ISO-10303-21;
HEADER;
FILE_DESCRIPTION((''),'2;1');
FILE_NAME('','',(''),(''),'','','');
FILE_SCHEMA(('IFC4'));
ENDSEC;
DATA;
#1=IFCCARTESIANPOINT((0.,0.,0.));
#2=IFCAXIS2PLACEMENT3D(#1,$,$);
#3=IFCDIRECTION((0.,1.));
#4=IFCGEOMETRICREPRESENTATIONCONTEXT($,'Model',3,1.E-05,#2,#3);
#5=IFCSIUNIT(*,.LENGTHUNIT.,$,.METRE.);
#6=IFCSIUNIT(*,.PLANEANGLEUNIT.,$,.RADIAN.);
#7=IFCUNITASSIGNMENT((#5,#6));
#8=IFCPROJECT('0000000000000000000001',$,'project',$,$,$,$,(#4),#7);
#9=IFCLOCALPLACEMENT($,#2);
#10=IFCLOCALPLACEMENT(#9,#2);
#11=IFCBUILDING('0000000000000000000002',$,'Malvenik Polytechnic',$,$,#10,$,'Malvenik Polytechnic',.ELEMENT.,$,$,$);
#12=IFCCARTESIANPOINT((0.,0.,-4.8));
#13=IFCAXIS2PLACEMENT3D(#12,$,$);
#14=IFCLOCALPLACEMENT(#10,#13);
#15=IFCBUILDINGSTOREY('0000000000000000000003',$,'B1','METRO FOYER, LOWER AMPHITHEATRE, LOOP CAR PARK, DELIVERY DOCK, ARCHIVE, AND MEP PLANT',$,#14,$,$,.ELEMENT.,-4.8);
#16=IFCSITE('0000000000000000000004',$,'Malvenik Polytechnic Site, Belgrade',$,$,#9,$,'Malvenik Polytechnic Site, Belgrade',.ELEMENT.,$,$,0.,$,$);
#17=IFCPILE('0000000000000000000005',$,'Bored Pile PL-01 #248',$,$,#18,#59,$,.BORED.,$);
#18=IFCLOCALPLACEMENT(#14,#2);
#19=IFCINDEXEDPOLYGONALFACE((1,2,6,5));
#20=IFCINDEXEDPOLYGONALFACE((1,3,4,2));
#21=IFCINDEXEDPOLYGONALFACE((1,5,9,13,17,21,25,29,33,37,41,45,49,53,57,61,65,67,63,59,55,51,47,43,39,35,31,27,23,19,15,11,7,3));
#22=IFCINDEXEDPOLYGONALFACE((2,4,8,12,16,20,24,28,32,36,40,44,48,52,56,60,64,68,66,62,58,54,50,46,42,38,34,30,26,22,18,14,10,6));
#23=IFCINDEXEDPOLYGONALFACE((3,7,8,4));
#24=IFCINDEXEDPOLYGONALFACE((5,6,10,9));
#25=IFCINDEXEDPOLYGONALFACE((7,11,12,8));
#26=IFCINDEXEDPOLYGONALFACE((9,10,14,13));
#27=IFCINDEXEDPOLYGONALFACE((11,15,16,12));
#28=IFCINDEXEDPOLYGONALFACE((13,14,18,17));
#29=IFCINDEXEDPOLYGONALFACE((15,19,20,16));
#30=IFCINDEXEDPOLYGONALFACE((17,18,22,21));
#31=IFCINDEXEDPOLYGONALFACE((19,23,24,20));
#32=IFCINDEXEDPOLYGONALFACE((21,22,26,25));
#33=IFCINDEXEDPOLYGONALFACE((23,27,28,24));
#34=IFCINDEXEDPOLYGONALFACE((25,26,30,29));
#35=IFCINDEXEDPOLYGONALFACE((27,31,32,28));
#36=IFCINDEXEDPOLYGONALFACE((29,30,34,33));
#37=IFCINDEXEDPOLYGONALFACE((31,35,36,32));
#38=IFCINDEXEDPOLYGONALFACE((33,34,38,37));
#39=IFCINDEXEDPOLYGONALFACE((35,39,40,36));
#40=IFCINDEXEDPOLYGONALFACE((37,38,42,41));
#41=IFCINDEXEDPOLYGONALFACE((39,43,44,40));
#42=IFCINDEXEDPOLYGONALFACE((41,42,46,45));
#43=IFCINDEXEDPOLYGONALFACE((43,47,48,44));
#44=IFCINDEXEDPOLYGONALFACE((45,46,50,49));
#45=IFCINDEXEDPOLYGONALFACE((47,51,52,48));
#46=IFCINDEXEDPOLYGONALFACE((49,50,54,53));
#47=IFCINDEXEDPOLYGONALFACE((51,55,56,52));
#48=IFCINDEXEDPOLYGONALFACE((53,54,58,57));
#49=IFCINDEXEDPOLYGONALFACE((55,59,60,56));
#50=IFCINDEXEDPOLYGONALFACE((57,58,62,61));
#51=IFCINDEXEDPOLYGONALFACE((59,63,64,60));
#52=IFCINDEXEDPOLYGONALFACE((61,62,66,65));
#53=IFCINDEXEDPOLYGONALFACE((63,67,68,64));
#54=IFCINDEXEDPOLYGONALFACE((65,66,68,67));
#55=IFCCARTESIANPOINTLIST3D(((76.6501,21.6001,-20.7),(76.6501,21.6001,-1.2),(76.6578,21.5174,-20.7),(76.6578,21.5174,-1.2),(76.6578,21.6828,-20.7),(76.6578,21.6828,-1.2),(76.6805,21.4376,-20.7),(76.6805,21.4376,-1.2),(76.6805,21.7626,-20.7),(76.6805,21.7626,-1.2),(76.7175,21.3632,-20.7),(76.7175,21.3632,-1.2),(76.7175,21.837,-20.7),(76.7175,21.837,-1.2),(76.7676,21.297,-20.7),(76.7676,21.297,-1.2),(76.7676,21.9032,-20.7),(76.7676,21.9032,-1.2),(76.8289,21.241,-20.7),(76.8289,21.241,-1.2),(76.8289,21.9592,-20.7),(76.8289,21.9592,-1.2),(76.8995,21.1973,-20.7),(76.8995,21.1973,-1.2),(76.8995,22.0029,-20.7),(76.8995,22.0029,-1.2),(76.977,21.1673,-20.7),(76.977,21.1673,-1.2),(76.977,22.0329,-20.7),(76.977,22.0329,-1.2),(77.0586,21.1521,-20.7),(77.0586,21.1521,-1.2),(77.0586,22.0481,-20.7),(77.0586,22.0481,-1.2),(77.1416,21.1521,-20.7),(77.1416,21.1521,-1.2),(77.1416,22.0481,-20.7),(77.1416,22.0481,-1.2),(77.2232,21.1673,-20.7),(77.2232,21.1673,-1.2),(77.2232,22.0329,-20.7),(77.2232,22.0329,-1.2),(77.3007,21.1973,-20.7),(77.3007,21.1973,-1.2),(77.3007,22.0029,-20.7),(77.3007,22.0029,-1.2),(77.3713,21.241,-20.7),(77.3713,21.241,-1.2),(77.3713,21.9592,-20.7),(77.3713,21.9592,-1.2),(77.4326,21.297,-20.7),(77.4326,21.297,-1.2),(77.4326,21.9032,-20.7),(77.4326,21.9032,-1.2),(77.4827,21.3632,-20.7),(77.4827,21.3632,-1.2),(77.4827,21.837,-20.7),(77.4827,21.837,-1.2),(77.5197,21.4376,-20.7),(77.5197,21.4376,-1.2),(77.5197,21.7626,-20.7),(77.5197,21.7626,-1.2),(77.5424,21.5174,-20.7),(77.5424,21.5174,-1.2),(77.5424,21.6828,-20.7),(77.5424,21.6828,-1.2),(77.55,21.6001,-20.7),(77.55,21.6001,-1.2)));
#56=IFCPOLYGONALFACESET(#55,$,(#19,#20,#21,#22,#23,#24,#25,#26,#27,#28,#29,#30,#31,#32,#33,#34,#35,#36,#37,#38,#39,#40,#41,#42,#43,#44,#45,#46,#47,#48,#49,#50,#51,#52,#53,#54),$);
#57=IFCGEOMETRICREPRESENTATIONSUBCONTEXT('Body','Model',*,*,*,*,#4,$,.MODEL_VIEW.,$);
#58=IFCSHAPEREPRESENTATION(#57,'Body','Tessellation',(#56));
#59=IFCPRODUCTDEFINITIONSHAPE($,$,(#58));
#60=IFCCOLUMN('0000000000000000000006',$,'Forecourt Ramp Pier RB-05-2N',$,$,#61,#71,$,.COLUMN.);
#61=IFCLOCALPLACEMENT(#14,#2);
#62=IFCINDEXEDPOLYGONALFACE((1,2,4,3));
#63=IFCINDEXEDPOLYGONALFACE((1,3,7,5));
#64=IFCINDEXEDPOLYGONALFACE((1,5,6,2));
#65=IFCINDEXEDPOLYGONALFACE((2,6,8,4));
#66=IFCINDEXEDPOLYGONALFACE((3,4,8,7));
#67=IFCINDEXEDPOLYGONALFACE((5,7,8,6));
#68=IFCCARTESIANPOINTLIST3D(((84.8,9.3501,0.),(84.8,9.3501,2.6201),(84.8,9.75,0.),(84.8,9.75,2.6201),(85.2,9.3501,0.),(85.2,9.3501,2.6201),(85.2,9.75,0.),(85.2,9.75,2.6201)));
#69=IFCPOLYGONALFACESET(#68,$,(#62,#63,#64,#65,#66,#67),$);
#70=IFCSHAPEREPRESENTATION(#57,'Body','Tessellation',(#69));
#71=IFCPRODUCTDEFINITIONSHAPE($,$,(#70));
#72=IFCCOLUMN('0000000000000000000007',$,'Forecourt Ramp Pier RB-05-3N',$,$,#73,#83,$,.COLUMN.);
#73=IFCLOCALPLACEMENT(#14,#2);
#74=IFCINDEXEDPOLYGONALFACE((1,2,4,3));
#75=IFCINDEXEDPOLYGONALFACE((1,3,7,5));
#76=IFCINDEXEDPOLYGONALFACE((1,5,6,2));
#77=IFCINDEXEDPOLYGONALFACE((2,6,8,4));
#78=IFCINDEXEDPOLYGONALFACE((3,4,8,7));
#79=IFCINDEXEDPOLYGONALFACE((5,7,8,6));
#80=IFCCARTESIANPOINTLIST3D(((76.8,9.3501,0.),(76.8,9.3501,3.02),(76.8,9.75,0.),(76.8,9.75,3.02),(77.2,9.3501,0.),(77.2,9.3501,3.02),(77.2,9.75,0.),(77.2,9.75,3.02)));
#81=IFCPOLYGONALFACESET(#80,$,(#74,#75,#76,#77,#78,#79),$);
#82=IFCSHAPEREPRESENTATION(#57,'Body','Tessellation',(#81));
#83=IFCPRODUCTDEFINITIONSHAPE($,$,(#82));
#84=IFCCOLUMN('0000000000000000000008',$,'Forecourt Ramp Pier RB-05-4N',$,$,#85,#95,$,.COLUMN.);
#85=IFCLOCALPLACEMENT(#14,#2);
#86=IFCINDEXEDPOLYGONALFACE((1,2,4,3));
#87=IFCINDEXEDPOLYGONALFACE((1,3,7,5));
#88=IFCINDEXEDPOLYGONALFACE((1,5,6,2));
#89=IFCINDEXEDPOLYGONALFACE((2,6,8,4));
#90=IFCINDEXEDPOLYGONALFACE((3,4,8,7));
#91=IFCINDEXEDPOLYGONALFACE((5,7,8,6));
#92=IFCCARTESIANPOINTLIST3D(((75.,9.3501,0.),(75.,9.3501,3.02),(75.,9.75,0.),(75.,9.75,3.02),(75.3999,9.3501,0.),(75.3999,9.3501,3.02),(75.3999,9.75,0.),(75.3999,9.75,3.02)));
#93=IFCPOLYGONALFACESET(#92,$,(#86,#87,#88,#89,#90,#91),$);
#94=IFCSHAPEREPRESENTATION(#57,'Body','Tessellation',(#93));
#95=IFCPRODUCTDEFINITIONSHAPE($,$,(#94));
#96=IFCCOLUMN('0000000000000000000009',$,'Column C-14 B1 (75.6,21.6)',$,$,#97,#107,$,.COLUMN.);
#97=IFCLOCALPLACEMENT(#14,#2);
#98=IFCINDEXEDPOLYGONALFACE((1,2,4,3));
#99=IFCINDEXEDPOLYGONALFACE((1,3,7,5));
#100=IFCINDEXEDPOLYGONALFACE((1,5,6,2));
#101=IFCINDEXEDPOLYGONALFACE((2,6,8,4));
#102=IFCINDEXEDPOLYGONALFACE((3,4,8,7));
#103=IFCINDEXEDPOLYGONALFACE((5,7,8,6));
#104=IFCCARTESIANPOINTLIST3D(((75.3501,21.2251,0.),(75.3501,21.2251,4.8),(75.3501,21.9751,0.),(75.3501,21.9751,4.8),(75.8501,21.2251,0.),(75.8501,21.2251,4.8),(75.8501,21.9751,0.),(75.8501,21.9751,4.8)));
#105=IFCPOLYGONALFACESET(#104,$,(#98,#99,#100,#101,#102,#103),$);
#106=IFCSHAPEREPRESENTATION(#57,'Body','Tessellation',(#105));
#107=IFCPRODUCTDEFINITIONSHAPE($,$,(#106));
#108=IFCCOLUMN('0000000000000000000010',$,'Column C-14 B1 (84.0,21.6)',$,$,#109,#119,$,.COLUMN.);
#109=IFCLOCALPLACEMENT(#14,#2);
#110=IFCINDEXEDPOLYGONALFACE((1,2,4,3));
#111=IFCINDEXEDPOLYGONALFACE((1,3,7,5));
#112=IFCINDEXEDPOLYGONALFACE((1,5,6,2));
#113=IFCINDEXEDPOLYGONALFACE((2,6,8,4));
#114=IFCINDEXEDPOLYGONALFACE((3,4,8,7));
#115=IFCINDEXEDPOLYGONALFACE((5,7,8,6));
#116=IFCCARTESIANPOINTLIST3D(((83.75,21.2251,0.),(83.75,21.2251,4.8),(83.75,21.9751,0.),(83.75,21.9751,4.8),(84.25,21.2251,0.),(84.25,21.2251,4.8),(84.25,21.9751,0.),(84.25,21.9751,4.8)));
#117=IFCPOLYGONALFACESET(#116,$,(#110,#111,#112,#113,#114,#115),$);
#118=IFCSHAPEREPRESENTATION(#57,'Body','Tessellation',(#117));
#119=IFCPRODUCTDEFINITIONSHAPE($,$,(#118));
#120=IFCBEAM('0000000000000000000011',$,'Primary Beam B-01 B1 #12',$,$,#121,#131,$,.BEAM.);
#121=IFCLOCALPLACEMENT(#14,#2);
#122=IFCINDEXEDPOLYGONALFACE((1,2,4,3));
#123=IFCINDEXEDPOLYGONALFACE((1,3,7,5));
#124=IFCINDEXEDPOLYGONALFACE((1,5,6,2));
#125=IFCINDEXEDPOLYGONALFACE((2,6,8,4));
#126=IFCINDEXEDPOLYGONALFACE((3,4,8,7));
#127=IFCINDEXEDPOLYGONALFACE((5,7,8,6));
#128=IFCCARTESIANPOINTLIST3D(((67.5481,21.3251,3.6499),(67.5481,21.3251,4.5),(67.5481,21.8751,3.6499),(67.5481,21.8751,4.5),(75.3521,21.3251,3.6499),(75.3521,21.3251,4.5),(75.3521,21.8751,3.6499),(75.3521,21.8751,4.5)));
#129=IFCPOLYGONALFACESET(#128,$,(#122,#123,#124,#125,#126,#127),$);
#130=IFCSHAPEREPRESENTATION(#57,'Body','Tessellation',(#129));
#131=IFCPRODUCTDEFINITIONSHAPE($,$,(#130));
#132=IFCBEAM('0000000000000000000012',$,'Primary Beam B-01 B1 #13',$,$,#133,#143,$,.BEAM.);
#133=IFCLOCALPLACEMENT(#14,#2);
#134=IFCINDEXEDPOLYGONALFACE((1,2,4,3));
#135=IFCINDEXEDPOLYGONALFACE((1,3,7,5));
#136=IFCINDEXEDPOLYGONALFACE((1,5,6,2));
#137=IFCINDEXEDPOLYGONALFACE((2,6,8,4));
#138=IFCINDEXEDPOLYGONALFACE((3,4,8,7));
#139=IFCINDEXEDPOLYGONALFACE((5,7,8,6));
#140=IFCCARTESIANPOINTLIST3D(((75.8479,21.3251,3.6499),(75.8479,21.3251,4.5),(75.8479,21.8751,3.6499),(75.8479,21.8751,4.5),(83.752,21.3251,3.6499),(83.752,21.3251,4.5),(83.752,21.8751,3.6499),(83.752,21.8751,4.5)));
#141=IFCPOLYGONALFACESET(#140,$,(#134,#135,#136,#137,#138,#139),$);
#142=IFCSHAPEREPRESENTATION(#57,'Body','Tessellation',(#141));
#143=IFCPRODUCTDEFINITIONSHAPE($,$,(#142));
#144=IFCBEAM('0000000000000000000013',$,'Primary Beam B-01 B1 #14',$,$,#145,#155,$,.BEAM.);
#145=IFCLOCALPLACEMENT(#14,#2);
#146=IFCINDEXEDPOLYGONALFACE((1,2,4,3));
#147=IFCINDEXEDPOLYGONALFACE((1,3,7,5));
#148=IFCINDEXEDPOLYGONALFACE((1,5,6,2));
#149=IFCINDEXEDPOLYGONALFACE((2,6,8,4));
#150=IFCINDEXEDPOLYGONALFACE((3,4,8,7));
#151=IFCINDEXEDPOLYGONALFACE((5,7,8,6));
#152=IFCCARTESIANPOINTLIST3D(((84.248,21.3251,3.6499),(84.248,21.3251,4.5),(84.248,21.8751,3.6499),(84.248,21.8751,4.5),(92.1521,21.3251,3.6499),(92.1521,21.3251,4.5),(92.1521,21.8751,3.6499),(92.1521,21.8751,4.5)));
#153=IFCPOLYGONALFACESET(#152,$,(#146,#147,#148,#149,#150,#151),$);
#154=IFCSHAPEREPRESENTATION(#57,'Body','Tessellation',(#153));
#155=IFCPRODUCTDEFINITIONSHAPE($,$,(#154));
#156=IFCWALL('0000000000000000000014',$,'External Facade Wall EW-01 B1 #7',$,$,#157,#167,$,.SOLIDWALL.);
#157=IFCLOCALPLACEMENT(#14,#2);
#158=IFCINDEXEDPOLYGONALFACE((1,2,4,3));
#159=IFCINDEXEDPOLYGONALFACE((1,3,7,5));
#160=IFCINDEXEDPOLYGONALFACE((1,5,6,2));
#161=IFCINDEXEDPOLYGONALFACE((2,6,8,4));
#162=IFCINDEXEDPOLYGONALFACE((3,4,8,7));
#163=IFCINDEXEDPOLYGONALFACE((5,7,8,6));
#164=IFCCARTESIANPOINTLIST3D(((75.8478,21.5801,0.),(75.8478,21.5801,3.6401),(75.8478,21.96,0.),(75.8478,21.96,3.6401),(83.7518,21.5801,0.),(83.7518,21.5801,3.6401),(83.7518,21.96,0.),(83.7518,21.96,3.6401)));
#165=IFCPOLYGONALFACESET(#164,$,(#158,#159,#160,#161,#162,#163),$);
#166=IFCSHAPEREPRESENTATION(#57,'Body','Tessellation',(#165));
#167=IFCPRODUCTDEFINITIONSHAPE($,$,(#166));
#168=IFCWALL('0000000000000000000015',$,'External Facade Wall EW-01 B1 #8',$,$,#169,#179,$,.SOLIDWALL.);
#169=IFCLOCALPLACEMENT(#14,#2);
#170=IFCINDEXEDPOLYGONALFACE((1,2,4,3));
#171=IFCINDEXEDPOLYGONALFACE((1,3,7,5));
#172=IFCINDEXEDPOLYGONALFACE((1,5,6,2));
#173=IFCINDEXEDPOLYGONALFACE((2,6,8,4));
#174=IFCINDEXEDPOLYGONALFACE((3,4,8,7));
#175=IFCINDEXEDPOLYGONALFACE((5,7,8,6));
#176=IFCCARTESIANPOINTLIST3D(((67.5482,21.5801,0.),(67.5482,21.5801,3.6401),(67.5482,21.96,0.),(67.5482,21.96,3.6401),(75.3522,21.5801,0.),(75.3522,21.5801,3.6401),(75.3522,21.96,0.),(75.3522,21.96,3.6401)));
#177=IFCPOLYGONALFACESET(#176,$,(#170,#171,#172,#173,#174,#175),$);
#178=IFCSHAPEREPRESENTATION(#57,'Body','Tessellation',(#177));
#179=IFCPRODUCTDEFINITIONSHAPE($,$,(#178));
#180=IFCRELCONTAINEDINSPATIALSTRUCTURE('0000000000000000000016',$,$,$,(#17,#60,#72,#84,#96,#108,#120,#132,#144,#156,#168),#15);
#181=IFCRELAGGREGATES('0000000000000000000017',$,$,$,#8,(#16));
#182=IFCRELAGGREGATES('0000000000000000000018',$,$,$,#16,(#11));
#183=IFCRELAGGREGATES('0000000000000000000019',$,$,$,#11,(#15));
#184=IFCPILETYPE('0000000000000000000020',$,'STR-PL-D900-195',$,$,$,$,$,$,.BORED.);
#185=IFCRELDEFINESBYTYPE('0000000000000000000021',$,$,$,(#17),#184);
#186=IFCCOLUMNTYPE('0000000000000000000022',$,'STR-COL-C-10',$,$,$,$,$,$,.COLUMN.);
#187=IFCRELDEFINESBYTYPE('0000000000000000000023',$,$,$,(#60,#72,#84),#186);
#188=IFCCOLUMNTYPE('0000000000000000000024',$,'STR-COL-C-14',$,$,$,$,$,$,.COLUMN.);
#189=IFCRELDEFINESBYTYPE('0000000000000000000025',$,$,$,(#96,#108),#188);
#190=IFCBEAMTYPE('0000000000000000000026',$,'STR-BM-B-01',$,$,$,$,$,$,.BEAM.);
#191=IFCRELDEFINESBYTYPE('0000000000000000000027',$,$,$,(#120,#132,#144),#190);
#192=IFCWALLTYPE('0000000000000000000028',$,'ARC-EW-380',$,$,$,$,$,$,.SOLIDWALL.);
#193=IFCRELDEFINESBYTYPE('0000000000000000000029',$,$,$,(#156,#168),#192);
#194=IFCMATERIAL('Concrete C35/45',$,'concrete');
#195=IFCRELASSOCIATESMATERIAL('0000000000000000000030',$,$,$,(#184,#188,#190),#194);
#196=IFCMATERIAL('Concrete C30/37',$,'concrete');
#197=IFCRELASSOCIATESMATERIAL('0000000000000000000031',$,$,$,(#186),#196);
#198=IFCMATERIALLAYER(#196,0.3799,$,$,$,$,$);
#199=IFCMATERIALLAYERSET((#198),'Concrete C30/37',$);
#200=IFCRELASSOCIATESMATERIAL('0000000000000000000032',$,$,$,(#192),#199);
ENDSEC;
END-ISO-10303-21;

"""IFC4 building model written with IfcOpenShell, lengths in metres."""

from ifc_helpers import new_model, si_unit, direction, frame, frame_2d, origin, origin_2d, place, context, subcontext, project, spatial, rectangle, circle, extrude, material, layer, layer_set, material_profile, profile_set, type_object, element, save


model = new_model("IFC4")

# Units and contexts
model_context = context("Model", 3, precision=1e-05, world=origin(), true_north=direction((0.0, 1.0)))
body_context = subcontext(model_context, "Body", "Model", "MODEL_VIEW")
ifc_project = project(units=[si_unit("LENGTHUNIT", "METRE"), si_unit("PLANEANGLEUNIT", "RADIAN")], contexts=[model_context])

# Site, building, storey
site_placement = place(None, origin())
site = spatial("IfcSite", under=ifc_project, at=site_placement, Name="Malvenik Polytechnic Site, Belgrade", LongName="Malvenik Polytechnic Site, Belgrade", CompositionType="ELEMENT", RefElevation=0.0)
building_placement = place(site_placement, origin())
building = spatial("IfcBuilding", under=site, at=building_placement, Name="Malvenik Polytechnic", LongName="Malvenik Polytechnic", CompositionType="ELEMENT")
storey_placement = place(building_placement, frame((0.0, 0.0, -4.8)))
storey = spatial("IfcBuildingStorey", under=building, at=storey_placement, Name="B1", Description="METRO FOYER, LOWER AMPHITHEATRE, LOOP CAR PARK, DELIVERY DOCK, ARCHIVE, AND MEP PLANT", CompositionType="ELEMENT", Elevation=-4.8)

# Shared definitions
ifc_material_1 = material(Name="Concrete C35/45", Category="concrete")

# Pile
ifc_material_profile_1 = material_profile(ifc_material_1, circle(Radius=0.45, at=origin_2d()), Name="BORED PILE D900")
ifc_profile_set_1 = profile_set([ifc_material_profile_1], Name="Concrete C35/45")
pile_type_1 = type_object("IfcPileType", Name="STR-PL-D900-195", PredefinedType="BORED", material=ifc_profile_set_1)
for number, where, z_axis, x_axis, name in (
    (1, (77.1001, 21.6001, -1.2), (0.0, 0.0, -1.0), (1.0, 0.0, 0.0), "Bored Pile PL-01 #248"),
):
    element("IfcPile", number, at=place(storey_placement, frame(where, z_axis=z_axis, x_axis=x_axis)), inside=storey, type_object=pile_type_1, Name=name, PredefinedType="BORED", context=body_context, shape_type="SweptSolid", body=[
        extrude(circle(Radius=0.45, at=origin_2d()), origin(), (0.0, 0.0, 1.0), 19.5),
    ])

# Columns
ifc_material_2 = material(Name="Concrete C30/37", Category="concrete")
ifc_material_profile_2 = material_profile(ifc_material_2, rectangle(XDim=0.3999, YDim=0.3999, at=origin_2d()), Name="RC COL 400x400")
ifc_profile_set_2 = profile_set([ifc_material_profile_2], Name="Concrete C30/37")
column_type_1 = type_object("IfcColumnType", Name="STR-COL-C-10", PredefinedType="COLUMN", material=ifc_profile_set_2)
column_placement = place(storey_placement, frame((85.0, 9.55, 0.0), z_axis=(0.0, 0.0, 1.0), x_axis=(1.0, 0.0, 0.0)))
element("IfcColumn", 2, at=column_placement, inside=storey, type_object=column_type_1, Name="Forecourt Ramp Pier RB-05-2N", PredefinedType="COLUMN", context=body_context, shape_type="SweptSolid", body=[
    extrude(rectangle(XDim=0.3999, YDim=0.3999, at=origin_2d()), origin(), (0.0, 0.0, 1.0), 2.6201),
])
for number, where, z_axis, x_axis, name in (
    (3, (77.0, 9.55, 0.0), (0.0, 0.0, 1.0), (1.0, 0.0, 0.0), "Forecourt Ramp Pier RB-05-3N"),
    (4, (75.2, 9.55, 0.0), (0.0, 0.0, 1.0), (1.0, 0.0, 0.0), "Forecourt Ramp Pier RB-05-4N"),
):
    element("IfcColumn", number, at=place(storey_placement, frame(where, z_axis=z_axis, x_axis=x_axis)), inside=storey, type_object=column_type_1, Name=name, PredefinedType="COLUMN", context=body_context, shape_type="SweptSolid", body=[
        extrude(rectangle(XDim=0.3999, YDim=0.3999, at=origin_2d()), origin(), (0.0, 0.0, 1.0), 3.02),
    ])
ifc_material_profile_3 = material_profile(ifc_material_1, rectangle(XDim=0.5, YDim=0.75, at=origin_2d()), Name="RC COL 750x500")
ifc_profile_set_3 = profile_set([ifc_material_profile_3], Name="Concrete C35/45")
column_type_2 = type_object("IfcColumnType", Name="STR-COL-C-14", PredefinedType="COLUMN", material=ifc_profile_set_3)
for number, where, z_axis, x_axis, name in (
    (5, (75.6001, 21.6001, 0.0), (0.0, 0.0, 1.0), (1.0, 0.0, 0.0), "Column C-14 B1 (75.6,21.6)"),
    (6, (84.0, 21.6001, 0.0), (0.0, 0.0, 1.0), (1.0, 0.0, 0.0), "Column C-14 B1 (84.0,21.6)"),
):
    element("IfcColumn", number, at=place(storey_placement, frame(where, z_axis=z_axis, x_axis=x_axis)), inside=storey, type_object=column_type_2, Name=name, PredefinedType="COLUMN", context=body_context, shape_type="SweptSolid", body=[
        extrude(rectangle(XDim=0.5, YDim=0.75, at=origin_2d()), origin(), (0.0, 0.0, 1.0), 4.8),
    ])

# Beams
ifc_material_profile_4 = material_profile(ifc_material_1, rectangle(XDim=0.55, YDim=0.8501, at=origin_2d()), Name="RC BM 550x850")
ifc_profile_set_4 = profile_set([ifc_material_profile_4], Name="Concrete C35/45")
beam_type = type_object("IfcBeamType", Name="STR-BM-B-01", PredefinedType="BEAM", material=ifc_profile_set_4)
beam_placement = place(storey_placement, frame((67.5481, 21.6001, 4.075), z_axis=(1.0, 0.0, 0.0), x_axis=(0.0, 1.0, 0.0)))
element("IfcBeam", 7, at=beam_placement, inside=storey, type_object=beam_type, Name="Primary Beam B-01 B1 #12", PredefinedType="BEAM", context=body_context, shape_type="SweptSolid", body=[
    extrude(rectangle(XDim=0.55, YDim=0.8501, at=origin_2d()), origin(), (0.0, 0.0, 1.0), 7.804),
])
for number, where, z_axis, x_axis, name in (
    (8, (75.8479, 21.6001, 4.075), (1.0, 0.0, 0.0), (0.0, 1.0, 0.0), "Primary Beam B-01 B1 #13"),
    (9, (84.248, 21.6001, 4.075), (1.0, 0.0, 0.0), (0.0, 1.0, 0.0), "Primary Beam B-01 B1 #14"),
):
    element("IfcBeam", number, at=place(storey_placement, frame(where, z_axis=z_axis, x_axis=x_axis)), inside=storey, type_object=beam_type, Name=name, PredefinedType="BEAM", context=body_context, shape_type="SweptSolid", body=[
        extrude(rectangle(XDim=0.55, YDim=0.8501, at=origin_2d()), origin(), (0.0, 0.0, 1.0), 7.9041),
    ])

# Walls
ifc_layer_1 = layer(ifc_material_2, 0.3799)
ifc_layer_set_1 = layer_set([ifc_layer_1], Name="Concrete C30/37")
wall_type = type_object("IfcWallType", Name="ARC-EW-380", PredefinedType="SOLIDWALL", material=ifc_layer_set_1)
wall_1_placement = place(storey_placement, frame((83.752, 21.77, 0.0), z_axis=(0.0, 0.0, 1.0), x_axis=(-1.0, 0.0, 0.0)))
element("IfcWall", 10, at=wall_1_placement, inside=storey, type_object=wall_type, Name="External Facade Wall EW-01 B1 #7", PredefinedType="SOLIDWALL", context=body_context, shape_type="SweptSolid", body=[
    extrude(rectangle(XDim=7.9041, YDim=0.3799, at=frame_2d((3.9521, 0.0))), origin(), (0.0, 0.0, 1.0), 3.6401),
])
wall_2_placement = place(storey_placement, frame((75.3521, 21.77, 0.0), z_axis=(0.0, 0.0, 1.0), x_axis=(-1.0, 0.0, 0.0)))
element("IfcWall", 11, at=wall_2_placement, inside=storey, type_object=wall_type, Name="External Facade Wall EW-01 B1 #8", PredefinedType="SOLIDWALL", context=body_context, shape_type="SweptSolid", body=[
    extrude(rectangle(XDim=7.804, YDim=0.3799, at=frame_2d((3.9019, 0.0))), origin(), (0.0, 0.0, 1.0), 3.6401),
])

save(model, "model.ifc")
